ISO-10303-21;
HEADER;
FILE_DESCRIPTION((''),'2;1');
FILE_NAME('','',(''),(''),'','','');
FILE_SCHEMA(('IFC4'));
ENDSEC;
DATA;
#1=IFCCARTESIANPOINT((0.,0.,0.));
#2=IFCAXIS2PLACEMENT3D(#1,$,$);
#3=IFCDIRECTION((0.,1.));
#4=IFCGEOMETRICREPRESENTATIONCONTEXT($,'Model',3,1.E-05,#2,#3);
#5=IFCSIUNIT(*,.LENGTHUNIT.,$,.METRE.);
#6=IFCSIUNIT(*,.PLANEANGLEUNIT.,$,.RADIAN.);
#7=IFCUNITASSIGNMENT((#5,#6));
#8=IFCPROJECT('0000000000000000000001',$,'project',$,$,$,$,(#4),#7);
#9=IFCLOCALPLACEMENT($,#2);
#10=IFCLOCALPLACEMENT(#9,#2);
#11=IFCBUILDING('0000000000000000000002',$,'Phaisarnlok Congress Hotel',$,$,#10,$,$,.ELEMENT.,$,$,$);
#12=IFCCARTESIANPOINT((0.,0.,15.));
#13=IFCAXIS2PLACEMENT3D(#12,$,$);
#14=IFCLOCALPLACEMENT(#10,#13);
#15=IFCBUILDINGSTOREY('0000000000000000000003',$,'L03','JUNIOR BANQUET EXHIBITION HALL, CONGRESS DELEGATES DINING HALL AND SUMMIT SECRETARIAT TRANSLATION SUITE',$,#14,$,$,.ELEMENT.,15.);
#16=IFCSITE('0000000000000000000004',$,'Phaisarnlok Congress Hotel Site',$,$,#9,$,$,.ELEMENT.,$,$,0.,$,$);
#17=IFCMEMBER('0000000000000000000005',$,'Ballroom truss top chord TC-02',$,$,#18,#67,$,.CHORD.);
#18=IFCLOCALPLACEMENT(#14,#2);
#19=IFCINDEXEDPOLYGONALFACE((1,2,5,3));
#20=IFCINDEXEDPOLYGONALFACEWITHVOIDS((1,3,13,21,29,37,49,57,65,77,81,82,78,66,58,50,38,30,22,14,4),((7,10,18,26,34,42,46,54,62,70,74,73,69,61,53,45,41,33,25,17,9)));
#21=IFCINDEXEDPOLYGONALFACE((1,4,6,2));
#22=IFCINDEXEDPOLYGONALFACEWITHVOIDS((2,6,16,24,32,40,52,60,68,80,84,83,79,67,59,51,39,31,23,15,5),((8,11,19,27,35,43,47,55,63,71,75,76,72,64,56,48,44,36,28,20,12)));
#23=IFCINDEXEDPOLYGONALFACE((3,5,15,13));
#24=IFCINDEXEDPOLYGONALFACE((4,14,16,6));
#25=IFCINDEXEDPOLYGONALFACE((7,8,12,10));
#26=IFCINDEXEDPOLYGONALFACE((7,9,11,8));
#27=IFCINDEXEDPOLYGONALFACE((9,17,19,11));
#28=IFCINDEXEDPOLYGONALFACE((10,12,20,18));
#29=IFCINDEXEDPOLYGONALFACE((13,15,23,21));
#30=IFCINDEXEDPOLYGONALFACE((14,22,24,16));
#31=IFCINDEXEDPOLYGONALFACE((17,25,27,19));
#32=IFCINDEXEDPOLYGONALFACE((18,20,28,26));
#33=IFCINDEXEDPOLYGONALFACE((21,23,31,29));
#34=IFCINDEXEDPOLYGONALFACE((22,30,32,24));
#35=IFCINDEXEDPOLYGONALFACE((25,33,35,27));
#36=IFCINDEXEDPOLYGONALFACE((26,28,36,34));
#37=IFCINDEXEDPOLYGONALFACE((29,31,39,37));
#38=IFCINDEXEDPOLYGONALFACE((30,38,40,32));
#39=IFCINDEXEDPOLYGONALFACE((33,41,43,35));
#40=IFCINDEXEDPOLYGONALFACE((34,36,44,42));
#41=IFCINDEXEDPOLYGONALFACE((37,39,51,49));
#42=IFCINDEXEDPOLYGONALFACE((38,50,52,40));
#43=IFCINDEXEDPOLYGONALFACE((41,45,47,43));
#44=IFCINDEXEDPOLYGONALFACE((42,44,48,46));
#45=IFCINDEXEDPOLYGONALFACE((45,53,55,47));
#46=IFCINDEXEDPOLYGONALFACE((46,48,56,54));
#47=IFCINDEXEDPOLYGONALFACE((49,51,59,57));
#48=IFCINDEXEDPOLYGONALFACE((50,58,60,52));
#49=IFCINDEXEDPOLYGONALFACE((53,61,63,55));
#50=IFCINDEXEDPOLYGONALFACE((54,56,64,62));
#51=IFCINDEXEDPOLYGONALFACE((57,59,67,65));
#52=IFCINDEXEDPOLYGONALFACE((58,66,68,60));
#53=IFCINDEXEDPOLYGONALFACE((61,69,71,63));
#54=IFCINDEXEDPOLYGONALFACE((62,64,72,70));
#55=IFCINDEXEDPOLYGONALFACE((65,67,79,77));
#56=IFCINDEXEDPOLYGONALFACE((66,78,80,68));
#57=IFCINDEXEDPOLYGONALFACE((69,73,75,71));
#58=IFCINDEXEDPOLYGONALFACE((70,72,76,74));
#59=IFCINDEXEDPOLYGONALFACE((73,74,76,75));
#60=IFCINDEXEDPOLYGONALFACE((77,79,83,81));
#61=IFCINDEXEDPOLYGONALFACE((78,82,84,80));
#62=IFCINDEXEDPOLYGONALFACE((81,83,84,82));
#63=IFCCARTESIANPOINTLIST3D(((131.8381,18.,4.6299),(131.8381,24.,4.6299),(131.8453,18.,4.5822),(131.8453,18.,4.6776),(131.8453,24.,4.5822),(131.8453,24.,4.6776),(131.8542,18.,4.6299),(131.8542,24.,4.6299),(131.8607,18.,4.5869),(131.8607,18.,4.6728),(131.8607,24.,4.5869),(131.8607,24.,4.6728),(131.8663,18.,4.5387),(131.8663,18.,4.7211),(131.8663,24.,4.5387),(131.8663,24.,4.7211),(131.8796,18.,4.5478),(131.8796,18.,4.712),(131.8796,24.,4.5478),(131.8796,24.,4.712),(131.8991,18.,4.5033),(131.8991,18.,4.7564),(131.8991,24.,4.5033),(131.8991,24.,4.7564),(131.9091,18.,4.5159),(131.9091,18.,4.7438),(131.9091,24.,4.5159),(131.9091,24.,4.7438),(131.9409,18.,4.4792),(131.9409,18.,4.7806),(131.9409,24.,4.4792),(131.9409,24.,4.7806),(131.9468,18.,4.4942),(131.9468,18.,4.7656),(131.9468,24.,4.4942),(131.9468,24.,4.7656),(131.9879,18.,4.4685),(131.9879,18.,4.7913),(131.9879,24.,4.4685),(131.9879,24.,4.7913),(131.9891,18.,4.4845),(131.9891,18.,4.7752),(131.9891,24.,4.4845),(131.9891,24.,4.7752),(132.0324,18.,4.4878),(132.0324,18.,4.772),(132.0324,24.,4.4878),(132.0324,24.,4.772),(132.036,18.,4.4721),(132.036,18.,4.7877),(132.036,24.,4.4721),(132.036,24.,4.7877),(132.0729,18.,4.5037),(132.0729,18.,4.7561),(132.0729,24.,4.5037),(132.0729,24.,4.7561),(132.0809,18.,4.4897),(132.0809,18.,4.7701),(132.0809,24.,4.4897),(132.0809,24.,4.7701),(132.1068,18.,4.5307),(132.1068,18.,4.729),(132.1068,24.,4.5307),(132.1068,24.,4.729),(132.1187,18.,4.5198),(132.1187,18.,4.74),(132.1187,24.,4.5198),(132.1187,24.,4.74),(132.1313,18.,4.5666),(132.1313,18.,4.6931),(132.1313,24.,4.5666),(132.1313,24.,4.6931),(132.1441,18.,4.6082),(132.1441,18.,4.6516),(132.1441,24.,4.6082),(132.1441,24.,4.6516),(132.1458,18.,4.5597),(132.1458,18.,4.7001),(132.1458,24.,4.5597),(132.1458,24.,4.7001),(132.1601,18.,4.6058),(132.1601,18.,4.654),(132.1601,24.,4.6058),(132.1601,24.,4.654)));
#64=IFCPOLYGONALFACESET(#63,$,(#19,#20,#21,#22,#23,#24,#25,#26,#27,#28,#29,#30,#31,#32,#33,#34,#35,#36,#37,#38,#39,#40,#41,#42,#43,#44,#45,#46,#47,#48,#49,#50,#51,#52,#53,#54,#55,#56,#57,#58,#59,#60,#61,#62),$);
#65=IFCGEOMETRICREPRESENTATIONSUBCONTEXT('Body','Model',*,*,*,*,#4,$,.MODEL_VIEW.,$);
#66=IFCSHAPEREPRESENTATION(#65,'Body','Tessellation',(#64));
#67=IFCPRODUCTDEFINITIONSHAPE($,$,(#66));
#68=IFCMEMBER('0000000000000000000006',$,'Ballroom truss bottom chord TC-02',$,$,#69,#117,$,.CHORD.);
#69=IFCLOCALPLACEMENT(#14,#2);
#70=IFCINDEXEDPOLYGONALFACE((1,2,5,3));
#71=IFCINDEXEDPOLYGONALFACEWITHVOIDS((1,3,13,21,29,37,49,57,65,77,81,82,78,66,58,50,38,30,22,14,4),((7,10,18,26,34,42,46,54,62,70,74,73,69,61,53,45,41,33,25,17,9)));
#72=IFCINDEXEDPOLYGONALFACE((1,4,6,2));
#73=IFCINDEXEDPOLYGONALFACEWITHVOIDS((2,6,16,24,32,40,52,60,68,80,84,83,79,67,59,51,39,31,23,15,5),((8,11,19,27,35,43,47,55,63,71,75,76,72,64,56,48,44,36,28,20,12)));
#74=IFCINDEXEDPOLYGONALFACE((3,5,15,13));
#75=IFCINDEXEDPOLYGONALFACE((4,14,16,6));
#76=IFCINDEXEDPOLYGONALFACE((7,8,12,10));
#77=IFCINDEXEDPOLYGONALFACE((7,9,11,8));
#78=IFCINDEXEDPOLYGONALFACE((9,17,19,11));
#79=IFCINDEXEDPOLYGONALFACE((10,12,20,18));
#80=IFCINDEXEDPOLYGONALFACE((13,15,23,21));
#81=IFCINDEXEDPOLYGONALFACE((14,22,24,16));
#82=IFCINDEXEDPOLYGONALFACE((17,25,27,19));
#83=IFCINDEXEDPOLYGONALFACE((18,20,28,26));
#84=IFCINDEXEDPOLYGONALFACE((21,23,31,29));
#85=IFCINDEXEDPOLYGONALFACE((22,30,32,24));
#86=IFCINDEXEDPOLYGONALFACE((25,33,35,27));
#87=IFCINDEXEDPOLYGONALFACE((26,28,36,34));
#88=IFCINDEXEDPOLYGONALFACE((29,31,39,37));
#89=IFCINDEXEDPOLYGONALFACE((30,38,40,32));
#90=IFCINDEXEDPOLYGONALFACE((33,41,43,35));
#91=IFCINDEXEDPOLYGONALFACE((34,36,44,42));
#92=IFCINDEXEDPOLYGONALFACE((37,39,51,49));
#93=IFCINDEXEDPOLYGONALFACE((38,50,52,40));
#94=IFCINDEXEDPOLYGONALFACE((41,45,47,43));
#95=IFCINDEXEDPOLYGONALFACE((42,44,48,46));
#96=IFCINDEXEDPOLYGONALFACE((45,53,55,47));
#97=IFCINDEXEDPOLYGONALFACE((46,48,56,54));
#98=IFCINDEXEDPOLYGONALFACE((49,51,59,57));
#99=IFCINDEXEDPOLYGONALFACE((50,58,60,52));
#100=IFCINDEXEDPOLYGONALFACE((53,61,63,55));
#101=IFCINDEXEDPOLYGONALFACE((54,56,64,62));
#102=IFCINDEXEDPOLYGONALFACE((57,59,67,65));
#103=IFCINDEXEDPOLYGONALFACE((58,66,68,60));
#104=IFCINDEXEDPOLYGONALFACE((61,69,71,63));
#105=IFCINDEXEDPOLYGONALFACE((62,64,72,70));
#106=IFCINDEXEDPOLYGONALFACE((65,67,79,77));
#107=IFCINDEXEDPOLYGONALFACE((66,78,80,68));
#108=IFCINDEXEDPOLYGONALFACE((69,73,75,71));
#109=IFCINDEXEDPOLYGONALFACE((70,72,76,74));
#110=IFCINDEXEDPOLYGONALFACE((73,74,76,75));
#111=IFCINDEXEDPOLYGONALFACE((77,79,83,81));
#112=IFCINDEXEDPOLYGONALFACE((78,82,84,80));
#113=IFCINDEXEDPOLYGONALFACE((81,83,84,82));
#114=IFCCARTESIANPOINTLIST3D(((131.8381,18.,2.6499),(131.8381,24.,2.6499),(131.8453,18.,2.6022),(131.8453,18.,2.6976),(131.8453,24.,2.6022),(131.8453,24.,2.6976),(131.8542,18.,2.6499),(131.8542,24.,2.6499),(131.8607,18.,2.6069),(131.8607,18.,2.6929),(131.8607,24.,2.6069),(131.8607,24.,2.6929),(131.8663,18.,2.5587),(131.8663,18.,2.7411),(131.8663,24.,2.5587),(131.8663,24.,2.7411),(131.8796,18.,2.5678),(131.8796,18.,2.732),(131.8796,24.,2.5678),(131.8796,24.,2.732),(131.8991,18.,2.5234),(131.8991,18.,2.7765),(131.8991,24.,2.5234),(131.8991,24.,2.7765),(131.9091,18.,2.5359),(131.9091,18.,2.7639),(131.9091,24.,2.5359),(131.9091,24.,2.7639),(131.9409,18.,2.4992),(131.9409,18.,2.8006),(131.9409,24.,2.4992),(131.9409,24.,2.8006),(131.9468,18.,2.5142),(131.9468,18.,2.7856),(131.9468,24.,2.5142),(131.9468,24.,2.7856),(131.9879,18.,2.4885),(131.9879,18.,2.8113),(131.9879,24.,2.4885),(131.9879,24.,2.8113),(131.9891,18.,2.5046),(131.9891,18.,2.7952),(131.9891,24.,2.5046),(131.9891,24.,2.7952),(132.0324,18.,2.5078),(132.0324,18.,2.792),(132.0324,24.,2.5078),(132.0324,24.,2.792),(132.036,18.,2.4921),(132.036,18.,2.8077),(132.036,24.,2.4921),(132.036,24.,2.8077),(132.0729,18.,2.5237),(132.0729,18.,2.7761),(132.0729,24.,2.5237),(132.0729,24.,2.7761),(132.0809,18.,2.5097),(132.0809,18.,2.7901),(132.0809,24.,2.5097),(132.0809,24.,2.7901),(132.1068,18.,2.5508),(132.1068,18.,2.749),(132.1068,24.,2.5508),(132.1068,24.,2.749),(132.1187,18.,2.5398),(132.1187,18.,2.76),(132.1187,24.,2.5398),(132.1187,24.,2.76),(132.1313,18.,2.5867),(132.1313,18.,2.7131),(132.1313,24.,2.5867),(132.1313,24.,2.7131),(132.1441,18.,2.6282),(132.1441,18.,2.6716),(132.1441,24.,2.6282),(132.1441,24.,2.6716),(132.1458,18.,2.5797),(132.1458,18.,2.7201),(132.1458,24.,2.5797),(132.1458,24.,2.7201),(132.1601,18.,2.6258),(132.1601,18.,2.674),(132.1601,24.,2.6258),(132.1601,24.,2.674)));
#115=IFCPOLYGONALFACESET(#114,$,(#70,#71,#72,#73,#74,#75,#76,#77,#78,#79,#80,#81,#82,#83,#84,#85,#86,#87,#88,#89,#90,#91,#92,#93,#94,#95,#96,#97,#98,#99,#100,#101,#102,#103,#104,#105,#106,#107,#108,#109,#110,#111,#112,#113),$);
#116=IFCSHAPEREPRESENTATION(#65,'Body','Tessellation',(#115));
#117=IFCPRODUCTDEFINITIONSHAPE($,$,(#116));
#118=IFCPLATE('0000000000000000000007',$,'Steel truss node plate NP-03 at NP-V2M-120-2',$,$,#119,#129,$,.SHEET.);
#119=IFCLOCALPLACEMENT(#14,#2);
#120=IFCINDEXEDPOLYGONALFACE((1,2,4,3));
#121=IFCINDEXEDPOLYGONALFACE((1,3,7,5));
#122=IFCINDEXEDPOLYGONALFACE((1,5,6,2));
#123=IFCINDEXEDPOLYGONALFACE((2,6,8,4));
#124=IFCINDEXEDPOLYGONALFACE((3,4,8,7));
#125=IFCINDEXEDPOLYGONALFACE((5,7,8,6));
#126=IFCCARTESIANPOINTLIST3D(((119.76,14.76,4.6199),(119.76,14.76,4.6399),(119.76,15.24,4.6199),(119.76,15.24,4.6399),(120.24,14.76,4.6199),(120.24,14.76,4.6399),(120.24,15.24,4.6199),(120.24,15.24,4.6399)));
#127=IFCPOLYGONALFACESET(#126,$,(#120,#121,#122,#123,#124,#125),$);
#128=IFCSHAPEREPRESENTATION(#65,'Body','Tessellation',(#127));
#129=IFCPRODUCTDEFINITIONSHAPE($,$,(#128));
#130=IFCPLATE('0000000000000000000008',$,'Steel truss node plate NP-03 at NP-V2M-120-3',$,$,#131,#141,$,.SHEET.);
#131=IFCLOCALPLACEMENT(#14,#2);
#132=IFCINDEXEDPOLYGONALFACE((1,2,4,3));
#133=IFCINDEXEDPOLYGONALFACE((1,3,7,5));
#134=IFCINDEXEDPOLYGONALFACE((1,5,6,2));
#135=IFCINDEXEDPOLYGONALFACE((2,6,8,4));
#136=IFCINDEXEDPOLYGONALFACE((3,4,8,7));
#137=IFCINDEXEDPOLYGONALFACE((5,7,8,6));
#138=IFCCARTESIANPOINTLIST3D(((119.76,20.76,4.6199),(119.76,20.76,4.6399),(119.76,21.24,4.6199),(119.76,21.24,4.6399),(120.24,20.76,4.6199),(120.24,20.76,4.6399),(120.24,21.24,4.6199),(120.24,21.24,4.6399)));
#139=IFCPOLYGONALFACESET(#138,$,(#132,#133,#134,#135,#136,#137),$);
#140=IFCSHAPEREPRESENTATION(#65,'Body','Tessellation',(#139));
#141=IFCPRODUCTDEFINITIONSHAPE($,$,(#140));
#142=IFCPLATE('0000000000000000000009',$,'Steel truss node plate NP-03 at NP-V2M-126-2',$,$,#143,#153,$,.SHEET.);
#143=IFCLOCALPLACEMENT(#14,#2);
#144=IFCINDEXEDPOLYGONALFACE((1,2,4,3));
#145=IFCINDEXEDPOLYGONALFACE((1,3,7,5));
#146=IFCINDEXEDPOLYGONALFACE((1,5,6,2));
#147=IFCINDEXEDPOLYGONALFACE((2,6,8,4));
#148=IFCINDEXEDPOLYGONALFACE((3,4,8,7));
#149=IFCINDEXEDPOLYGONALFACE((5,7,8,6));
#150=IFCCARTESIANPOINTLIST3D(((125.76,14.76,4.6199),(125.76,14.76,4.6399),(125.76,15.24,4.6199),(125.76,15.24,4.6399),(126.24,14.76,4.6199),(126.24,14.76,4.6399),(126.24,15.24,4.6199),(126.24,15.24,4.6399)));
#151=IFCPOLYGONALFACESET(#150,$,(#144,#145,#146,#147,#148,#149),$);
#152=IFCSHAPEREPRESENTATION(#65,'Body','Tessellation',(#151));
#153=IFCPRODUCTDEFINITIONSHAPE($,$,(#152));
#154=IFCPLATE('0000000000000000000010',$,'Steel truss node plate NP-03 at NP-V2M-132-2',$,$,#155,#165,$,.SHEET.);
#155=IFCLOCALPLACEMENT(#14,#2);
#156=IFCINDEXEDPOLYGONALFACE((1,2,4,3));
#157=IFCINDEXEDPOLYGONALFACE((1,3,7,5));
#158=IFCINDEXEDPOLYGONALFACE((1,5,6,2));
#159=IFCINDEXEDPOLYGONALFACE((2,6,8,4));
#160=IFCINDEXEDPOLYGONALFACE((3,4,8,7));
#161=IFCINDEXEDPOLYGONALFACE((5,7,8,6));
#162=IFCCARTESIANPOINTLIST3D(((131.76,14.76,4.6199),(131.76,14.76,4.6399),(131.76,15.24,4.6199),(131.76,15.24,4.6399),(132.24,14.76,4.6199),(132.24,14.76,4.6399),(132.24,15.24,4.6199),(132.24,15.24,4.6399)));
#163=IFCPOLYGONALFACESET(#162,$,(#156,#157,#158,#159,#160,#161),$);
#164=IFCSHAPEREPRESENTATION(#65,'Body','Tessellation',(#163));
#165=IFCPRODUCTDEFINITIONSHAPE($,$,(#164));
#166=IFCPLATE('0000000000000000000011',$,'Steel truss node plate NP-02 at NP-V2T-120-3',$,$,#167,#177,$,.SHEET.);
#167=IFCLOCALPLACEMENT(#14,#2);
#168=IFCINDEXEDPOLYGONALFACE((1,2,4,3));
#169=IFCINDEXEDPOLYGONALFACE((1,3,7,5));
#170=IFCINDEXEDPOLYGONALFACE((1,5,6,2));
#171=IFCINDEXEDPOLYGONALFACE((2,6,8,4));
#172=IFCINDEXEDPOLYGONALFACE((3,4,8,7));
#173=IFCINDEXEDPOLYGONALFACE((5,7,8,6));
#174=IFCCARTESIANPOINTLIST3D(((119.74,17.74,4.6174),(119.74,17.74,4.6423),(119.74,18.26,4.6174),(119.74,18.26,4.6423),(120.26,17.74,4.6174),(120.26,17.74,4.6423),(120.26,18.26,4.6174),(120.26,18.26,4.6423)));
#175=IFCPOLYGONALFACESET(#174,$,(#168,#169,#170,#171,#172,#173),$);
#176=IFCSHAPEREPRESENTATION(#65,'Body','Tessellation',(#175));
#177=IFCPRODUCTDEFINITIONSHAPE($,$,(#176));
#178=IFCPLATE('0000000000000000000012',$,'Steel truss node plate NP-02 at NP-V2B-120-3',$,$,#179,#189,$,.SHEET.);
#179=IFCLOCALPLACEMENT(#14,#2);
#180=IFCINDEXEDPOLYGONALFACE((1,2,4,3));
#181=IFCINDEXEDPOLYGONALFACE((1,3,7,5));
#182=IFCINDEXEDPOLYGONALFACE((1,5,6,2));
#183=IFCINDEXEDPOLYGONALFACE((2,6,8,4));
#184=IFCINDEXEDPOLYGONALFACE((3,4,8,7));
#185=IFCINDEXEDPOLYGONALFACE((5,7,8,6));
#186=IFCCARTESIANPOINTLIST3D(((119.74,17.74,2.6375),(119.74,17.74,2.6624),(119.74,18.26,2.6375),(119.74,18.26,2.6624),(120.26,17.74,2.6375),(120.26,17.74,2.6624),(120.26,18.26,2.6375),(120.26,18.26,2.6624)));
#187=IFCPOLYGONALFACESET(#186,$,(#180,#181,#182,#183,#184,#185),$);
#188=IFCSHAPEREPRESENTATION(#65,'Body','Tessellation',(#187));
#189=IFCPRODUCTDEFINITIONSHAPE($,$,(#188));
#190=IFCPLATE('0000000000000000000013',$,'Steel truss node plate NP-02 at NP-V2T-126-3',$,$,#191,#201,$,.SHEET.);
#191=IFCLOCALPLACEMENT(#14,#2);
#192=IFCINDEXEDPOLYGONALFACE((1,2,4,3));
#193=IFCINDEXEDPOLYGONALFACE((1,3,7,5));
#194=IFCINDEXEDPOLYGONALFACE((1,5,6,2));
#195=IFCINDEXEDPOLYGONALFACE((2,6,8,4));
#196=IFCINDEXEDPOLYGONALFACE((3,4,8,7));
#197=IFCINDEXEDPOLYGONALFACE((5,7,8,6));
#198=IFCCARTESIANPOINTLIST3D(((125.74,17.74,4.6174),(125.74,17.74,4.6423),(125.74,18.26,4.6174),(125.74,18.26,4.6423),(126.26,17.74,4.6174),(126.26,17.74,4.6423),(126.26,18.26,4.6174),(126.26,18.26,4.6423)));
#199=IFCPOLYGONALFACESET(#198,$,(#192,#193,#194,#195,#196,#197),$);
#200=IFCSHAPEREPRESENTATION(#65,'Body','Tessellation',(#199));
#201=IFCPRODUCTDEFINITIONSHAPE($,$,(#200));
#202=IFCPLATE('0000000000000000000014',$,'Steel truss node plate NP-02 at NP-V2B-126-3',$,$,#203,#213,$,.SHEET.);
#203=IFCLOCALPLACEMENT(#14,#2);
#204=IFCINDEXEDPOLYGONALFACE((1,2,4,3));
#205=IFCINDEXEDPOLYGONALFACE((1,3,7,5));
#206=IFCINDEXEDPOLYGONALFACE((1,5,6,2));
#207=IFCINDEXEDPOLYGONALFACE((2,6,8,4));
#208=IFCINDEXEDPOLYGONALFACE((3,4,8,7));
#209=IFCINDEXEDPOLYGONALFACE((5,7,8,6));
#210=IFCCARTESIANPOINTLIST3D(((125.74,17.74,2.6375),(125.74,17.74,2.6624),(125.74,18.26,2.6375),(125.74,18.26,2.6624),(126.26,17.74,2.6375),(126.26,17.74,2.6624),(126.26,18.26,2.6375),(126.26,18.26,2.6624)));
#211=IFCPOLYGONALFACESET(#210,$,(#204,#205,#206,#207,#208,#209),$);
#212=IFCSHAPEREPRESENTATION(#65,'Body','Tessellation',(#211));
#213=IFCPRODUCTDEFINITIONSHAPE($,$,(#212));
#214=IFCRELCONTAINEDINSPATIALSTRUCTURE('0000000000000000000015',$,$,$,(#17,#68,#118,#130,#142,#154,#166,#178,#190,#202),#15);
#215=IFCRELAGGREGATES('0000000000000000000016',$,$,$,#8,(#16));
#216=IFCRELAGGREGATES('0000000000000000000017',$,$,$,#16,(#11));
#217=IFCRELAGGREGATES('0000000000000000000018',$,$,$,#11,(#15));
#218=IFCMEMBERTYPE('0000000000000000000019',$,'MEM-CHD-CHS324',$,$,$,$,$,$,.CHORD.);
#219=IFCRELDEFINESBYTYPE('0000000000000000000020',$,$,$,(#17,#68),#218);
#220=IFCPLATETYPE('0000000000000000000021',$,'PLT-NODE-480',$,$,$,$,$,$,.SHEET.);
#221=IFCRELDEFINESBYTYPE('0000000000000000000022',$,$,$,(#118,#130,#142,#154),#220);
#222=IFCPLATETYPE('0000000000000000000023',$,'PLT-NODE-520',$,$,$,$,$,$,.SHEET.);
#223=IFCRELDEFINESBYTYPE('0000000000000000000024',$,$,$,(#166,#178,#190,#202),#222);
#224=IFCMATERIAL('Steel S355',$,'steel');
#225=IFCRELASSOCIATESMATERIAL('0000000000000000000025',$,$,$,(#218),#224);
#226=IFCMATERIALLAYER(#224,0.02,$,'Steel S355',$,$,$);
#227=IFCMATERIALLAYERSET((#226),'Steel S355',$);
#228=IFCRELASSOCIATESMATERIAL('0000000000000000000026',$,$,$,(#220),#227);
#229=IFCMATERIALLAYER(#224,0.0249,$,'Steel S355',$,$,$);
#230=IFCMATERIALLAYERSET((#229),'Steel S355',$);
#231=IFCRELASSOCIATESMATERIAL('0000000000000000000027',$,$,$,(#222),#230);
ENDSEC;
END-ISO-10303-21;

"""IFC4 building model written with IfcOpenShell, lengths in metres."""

from ifc_helpers import new_model, si_unit, direction, frame, origin, origin_2d, place, context, subcontext, project, spatial, rectangle, hollow_circle, extrude, material, layer, layer_set, material_profile, profile_set, type_object, element, save


model = new_model("IFC4")

# Units and contexts
model_context = context("Model", 3, precision=1e-05, world=origin(), true_north=direction((0.0, 1.0)))
body_context = subcontext(model_context, "Body", "Model", "MODEL_VIEW")
ifc_project = project(units=[si_unit("LENGTHUNIT", "METRE"), si_unit("PLANEANGLEUNIT", "RADIAN")], contexts=[model_context])

# Site, building, storey
site_placement = place(None, origin())
site = spatial("IfcSite", under=ifc_project, at=site_placement, Name="Phaisarnlok Congress Hotel Site", CompositionType="ELEMENT", RefElevation=0.0)
building_placement = place(site_placement, origin())
building = spatial("IfcBuilding", under=site, at=building_placement, Name="Phaisarnlok Congress Hotel", CompositionType="ELEMENT")
storey_placement = place(building_placement, frame((0.0, 0.0, 15.0)))
storey = spatial("IfcBuildingStorey", under=building, at=storey_placement, Name="L03", Description="JUNIOR BANQUET EXHIBITION HALL, CONGRESS DELEGATES DINING HALL AND SUMMIT SECRETARIAT TRANSLATION SUITE", CompositionType="ELEMENT", Elevation=15.0)

# Members
ifc_material = material(Name="Steel S355", Category="steel")
ifc_material_profile_1 = material_profile(ifc_material, hollow_circle(Radius=0.1619, WallThickness=0.0161, at=origin_2d()), Name="CHS 323.9x16")
ifc_profile_set_1 = profile_set([ifc_material_profile_1], Name="Steel S355")
member_type_1 = type_object("IfcMemberType", Name="MEM-CHD-CHS324", PredefinedType="CHORD", material=ifc_profile_set_1)
for number, where, z_axis, x_axis, name in (
    (1, (132.0, 18.0, 4.6299), (0.0, 1.0, 0.0), (-1.0, 0.0, 0.0), "Ballroom truss top chord TC-02"),
    (2, (132.0, 18.0, 2.6499), (0.0, 1.0, 0.0), (-1.0, 0.0, 0.0), "Ballroom truss bottom chord TC-02"),
):
    element("IfcMember", number, at=place(storey_placement, frame(where, z_axis=z_axis, x_axis=x_axis)), inside=storey, type_object=member_type_1, Name=name, PredefinedType="CHORD", context=body_context, shape_type="SweptSolid", body=[
        extrude(hollow_circle(Radius=0.1619, WallThickness=0.0161, at=origin_2d()), origin(), (0.0, 0.0, 1.0), 6.0),
    ])

# Plates
ifc_layer_1 = layer(ifc_material, 0.02, Name="Steel S355")
ifc_layer_set_1 = layer_set([ifc_layer_1], Name="Steel S355")
plate_type_1 = type_object("IfcPlateType", Name="PLT-NODE-480", PredefinedType="SHEET", material=ifc_layer_set_1)
for number, where, z_axis, x_axis, name in (
    (3, (120.0, 15.0, 4.6199), (0.0, 0.0, 1.0), (1.0, 0.0, 0.0), "Steel truss node plate NP-03 at NP-V2M-120-2"),
    (4, (120.0, 21.0, 4.6199), (0.0, 0.0, 1.0), (1.0, 0.0, 0.0), "Steel truss node plate NP-03 at NP-V2M-120-3"),
    (5, (126.0, 15.0, 4.6199), (0.0, 0.0, 1.0), (1.0, 0.0, 0.0), "Steel truss node plate NP-03 at NP-V2M-126-2"),
    (6, (132.0, 15.0, 4.6199), (0.0, 0.0, 1.0), (1.0, 0.0, 0.0), "Steel truss node plate NP-03 at NP-V2M-132-2"),
):
    element("IfcPlate", number, at=place(storey_placement, frame(where, z_axis=z_axis, x_axis=x_axis)), inside=storey, type_object=plate_type_1, Name=name, PredefinedType="SHEET", context=body_context, shape_type="SweptSolid", body=[
        extrude(rectangle(XDim=0.48, YDim=0.48, at=origin_2d()), origin(), (0.0, 0.0, 1.0), 0.02),
    ])
ifc_layer_2 = layer(ifc_material, 0.0249, Name="Steel S355")
ifc_layer_set_2 = layer_set([ifc_layer_2], Name="Steel S355")
plate_type_2 = type_object("IfcPlateType", Name="PLT-NODE-520", PredefinedType="SHEET", material=ifc_layer_set_2)
for number, where, z_axis, x_axis, name in (
    (7, (120.0, 18.0, 4.6174), (0.0, 0.0, 1.0), (1.0, 0.0, 0.0), "Steel truss node plate NP-02 at NP-V2T-120-3"),
    (8, (120.0, 18.0, 2.6375), (0.0, 0.0, 1.0), (1.0, 0.0, 0.0), "Steel truss node plate NP-02 at NP-V2B-120-3"),
    (9, (126.0, 18.0, 4.6174), (0.0, 0.0, 1.0), (1.0, 0.0, 0.0), "Steel truss node plate NP-02 at NP-V2T-126-3"),
    (10, (126.0, 18.0, 2.6375), (0.0, 0.0, 1.0), (1.0, 0.0, 0.0), "Steel truss node plate NP-02 at NP-V2B-126-3"),
):
    element("IfcPlate", number, at=place(storey_placement, frame(where, z_axis=z_axis, x_axis=x_axis)), inside=storey, type_object=plate_type_2, Name=name, PredefinedType="SHEET", context=body_context, shape_type="SweptSolid", body=[
        extrude(rectangle(XDim=0.52, YDim=0.52, at=origin_2d()), origin(), (0.0, 0.0, 1.0), 0.0249),
    ])

save(model, "model.ifc")
